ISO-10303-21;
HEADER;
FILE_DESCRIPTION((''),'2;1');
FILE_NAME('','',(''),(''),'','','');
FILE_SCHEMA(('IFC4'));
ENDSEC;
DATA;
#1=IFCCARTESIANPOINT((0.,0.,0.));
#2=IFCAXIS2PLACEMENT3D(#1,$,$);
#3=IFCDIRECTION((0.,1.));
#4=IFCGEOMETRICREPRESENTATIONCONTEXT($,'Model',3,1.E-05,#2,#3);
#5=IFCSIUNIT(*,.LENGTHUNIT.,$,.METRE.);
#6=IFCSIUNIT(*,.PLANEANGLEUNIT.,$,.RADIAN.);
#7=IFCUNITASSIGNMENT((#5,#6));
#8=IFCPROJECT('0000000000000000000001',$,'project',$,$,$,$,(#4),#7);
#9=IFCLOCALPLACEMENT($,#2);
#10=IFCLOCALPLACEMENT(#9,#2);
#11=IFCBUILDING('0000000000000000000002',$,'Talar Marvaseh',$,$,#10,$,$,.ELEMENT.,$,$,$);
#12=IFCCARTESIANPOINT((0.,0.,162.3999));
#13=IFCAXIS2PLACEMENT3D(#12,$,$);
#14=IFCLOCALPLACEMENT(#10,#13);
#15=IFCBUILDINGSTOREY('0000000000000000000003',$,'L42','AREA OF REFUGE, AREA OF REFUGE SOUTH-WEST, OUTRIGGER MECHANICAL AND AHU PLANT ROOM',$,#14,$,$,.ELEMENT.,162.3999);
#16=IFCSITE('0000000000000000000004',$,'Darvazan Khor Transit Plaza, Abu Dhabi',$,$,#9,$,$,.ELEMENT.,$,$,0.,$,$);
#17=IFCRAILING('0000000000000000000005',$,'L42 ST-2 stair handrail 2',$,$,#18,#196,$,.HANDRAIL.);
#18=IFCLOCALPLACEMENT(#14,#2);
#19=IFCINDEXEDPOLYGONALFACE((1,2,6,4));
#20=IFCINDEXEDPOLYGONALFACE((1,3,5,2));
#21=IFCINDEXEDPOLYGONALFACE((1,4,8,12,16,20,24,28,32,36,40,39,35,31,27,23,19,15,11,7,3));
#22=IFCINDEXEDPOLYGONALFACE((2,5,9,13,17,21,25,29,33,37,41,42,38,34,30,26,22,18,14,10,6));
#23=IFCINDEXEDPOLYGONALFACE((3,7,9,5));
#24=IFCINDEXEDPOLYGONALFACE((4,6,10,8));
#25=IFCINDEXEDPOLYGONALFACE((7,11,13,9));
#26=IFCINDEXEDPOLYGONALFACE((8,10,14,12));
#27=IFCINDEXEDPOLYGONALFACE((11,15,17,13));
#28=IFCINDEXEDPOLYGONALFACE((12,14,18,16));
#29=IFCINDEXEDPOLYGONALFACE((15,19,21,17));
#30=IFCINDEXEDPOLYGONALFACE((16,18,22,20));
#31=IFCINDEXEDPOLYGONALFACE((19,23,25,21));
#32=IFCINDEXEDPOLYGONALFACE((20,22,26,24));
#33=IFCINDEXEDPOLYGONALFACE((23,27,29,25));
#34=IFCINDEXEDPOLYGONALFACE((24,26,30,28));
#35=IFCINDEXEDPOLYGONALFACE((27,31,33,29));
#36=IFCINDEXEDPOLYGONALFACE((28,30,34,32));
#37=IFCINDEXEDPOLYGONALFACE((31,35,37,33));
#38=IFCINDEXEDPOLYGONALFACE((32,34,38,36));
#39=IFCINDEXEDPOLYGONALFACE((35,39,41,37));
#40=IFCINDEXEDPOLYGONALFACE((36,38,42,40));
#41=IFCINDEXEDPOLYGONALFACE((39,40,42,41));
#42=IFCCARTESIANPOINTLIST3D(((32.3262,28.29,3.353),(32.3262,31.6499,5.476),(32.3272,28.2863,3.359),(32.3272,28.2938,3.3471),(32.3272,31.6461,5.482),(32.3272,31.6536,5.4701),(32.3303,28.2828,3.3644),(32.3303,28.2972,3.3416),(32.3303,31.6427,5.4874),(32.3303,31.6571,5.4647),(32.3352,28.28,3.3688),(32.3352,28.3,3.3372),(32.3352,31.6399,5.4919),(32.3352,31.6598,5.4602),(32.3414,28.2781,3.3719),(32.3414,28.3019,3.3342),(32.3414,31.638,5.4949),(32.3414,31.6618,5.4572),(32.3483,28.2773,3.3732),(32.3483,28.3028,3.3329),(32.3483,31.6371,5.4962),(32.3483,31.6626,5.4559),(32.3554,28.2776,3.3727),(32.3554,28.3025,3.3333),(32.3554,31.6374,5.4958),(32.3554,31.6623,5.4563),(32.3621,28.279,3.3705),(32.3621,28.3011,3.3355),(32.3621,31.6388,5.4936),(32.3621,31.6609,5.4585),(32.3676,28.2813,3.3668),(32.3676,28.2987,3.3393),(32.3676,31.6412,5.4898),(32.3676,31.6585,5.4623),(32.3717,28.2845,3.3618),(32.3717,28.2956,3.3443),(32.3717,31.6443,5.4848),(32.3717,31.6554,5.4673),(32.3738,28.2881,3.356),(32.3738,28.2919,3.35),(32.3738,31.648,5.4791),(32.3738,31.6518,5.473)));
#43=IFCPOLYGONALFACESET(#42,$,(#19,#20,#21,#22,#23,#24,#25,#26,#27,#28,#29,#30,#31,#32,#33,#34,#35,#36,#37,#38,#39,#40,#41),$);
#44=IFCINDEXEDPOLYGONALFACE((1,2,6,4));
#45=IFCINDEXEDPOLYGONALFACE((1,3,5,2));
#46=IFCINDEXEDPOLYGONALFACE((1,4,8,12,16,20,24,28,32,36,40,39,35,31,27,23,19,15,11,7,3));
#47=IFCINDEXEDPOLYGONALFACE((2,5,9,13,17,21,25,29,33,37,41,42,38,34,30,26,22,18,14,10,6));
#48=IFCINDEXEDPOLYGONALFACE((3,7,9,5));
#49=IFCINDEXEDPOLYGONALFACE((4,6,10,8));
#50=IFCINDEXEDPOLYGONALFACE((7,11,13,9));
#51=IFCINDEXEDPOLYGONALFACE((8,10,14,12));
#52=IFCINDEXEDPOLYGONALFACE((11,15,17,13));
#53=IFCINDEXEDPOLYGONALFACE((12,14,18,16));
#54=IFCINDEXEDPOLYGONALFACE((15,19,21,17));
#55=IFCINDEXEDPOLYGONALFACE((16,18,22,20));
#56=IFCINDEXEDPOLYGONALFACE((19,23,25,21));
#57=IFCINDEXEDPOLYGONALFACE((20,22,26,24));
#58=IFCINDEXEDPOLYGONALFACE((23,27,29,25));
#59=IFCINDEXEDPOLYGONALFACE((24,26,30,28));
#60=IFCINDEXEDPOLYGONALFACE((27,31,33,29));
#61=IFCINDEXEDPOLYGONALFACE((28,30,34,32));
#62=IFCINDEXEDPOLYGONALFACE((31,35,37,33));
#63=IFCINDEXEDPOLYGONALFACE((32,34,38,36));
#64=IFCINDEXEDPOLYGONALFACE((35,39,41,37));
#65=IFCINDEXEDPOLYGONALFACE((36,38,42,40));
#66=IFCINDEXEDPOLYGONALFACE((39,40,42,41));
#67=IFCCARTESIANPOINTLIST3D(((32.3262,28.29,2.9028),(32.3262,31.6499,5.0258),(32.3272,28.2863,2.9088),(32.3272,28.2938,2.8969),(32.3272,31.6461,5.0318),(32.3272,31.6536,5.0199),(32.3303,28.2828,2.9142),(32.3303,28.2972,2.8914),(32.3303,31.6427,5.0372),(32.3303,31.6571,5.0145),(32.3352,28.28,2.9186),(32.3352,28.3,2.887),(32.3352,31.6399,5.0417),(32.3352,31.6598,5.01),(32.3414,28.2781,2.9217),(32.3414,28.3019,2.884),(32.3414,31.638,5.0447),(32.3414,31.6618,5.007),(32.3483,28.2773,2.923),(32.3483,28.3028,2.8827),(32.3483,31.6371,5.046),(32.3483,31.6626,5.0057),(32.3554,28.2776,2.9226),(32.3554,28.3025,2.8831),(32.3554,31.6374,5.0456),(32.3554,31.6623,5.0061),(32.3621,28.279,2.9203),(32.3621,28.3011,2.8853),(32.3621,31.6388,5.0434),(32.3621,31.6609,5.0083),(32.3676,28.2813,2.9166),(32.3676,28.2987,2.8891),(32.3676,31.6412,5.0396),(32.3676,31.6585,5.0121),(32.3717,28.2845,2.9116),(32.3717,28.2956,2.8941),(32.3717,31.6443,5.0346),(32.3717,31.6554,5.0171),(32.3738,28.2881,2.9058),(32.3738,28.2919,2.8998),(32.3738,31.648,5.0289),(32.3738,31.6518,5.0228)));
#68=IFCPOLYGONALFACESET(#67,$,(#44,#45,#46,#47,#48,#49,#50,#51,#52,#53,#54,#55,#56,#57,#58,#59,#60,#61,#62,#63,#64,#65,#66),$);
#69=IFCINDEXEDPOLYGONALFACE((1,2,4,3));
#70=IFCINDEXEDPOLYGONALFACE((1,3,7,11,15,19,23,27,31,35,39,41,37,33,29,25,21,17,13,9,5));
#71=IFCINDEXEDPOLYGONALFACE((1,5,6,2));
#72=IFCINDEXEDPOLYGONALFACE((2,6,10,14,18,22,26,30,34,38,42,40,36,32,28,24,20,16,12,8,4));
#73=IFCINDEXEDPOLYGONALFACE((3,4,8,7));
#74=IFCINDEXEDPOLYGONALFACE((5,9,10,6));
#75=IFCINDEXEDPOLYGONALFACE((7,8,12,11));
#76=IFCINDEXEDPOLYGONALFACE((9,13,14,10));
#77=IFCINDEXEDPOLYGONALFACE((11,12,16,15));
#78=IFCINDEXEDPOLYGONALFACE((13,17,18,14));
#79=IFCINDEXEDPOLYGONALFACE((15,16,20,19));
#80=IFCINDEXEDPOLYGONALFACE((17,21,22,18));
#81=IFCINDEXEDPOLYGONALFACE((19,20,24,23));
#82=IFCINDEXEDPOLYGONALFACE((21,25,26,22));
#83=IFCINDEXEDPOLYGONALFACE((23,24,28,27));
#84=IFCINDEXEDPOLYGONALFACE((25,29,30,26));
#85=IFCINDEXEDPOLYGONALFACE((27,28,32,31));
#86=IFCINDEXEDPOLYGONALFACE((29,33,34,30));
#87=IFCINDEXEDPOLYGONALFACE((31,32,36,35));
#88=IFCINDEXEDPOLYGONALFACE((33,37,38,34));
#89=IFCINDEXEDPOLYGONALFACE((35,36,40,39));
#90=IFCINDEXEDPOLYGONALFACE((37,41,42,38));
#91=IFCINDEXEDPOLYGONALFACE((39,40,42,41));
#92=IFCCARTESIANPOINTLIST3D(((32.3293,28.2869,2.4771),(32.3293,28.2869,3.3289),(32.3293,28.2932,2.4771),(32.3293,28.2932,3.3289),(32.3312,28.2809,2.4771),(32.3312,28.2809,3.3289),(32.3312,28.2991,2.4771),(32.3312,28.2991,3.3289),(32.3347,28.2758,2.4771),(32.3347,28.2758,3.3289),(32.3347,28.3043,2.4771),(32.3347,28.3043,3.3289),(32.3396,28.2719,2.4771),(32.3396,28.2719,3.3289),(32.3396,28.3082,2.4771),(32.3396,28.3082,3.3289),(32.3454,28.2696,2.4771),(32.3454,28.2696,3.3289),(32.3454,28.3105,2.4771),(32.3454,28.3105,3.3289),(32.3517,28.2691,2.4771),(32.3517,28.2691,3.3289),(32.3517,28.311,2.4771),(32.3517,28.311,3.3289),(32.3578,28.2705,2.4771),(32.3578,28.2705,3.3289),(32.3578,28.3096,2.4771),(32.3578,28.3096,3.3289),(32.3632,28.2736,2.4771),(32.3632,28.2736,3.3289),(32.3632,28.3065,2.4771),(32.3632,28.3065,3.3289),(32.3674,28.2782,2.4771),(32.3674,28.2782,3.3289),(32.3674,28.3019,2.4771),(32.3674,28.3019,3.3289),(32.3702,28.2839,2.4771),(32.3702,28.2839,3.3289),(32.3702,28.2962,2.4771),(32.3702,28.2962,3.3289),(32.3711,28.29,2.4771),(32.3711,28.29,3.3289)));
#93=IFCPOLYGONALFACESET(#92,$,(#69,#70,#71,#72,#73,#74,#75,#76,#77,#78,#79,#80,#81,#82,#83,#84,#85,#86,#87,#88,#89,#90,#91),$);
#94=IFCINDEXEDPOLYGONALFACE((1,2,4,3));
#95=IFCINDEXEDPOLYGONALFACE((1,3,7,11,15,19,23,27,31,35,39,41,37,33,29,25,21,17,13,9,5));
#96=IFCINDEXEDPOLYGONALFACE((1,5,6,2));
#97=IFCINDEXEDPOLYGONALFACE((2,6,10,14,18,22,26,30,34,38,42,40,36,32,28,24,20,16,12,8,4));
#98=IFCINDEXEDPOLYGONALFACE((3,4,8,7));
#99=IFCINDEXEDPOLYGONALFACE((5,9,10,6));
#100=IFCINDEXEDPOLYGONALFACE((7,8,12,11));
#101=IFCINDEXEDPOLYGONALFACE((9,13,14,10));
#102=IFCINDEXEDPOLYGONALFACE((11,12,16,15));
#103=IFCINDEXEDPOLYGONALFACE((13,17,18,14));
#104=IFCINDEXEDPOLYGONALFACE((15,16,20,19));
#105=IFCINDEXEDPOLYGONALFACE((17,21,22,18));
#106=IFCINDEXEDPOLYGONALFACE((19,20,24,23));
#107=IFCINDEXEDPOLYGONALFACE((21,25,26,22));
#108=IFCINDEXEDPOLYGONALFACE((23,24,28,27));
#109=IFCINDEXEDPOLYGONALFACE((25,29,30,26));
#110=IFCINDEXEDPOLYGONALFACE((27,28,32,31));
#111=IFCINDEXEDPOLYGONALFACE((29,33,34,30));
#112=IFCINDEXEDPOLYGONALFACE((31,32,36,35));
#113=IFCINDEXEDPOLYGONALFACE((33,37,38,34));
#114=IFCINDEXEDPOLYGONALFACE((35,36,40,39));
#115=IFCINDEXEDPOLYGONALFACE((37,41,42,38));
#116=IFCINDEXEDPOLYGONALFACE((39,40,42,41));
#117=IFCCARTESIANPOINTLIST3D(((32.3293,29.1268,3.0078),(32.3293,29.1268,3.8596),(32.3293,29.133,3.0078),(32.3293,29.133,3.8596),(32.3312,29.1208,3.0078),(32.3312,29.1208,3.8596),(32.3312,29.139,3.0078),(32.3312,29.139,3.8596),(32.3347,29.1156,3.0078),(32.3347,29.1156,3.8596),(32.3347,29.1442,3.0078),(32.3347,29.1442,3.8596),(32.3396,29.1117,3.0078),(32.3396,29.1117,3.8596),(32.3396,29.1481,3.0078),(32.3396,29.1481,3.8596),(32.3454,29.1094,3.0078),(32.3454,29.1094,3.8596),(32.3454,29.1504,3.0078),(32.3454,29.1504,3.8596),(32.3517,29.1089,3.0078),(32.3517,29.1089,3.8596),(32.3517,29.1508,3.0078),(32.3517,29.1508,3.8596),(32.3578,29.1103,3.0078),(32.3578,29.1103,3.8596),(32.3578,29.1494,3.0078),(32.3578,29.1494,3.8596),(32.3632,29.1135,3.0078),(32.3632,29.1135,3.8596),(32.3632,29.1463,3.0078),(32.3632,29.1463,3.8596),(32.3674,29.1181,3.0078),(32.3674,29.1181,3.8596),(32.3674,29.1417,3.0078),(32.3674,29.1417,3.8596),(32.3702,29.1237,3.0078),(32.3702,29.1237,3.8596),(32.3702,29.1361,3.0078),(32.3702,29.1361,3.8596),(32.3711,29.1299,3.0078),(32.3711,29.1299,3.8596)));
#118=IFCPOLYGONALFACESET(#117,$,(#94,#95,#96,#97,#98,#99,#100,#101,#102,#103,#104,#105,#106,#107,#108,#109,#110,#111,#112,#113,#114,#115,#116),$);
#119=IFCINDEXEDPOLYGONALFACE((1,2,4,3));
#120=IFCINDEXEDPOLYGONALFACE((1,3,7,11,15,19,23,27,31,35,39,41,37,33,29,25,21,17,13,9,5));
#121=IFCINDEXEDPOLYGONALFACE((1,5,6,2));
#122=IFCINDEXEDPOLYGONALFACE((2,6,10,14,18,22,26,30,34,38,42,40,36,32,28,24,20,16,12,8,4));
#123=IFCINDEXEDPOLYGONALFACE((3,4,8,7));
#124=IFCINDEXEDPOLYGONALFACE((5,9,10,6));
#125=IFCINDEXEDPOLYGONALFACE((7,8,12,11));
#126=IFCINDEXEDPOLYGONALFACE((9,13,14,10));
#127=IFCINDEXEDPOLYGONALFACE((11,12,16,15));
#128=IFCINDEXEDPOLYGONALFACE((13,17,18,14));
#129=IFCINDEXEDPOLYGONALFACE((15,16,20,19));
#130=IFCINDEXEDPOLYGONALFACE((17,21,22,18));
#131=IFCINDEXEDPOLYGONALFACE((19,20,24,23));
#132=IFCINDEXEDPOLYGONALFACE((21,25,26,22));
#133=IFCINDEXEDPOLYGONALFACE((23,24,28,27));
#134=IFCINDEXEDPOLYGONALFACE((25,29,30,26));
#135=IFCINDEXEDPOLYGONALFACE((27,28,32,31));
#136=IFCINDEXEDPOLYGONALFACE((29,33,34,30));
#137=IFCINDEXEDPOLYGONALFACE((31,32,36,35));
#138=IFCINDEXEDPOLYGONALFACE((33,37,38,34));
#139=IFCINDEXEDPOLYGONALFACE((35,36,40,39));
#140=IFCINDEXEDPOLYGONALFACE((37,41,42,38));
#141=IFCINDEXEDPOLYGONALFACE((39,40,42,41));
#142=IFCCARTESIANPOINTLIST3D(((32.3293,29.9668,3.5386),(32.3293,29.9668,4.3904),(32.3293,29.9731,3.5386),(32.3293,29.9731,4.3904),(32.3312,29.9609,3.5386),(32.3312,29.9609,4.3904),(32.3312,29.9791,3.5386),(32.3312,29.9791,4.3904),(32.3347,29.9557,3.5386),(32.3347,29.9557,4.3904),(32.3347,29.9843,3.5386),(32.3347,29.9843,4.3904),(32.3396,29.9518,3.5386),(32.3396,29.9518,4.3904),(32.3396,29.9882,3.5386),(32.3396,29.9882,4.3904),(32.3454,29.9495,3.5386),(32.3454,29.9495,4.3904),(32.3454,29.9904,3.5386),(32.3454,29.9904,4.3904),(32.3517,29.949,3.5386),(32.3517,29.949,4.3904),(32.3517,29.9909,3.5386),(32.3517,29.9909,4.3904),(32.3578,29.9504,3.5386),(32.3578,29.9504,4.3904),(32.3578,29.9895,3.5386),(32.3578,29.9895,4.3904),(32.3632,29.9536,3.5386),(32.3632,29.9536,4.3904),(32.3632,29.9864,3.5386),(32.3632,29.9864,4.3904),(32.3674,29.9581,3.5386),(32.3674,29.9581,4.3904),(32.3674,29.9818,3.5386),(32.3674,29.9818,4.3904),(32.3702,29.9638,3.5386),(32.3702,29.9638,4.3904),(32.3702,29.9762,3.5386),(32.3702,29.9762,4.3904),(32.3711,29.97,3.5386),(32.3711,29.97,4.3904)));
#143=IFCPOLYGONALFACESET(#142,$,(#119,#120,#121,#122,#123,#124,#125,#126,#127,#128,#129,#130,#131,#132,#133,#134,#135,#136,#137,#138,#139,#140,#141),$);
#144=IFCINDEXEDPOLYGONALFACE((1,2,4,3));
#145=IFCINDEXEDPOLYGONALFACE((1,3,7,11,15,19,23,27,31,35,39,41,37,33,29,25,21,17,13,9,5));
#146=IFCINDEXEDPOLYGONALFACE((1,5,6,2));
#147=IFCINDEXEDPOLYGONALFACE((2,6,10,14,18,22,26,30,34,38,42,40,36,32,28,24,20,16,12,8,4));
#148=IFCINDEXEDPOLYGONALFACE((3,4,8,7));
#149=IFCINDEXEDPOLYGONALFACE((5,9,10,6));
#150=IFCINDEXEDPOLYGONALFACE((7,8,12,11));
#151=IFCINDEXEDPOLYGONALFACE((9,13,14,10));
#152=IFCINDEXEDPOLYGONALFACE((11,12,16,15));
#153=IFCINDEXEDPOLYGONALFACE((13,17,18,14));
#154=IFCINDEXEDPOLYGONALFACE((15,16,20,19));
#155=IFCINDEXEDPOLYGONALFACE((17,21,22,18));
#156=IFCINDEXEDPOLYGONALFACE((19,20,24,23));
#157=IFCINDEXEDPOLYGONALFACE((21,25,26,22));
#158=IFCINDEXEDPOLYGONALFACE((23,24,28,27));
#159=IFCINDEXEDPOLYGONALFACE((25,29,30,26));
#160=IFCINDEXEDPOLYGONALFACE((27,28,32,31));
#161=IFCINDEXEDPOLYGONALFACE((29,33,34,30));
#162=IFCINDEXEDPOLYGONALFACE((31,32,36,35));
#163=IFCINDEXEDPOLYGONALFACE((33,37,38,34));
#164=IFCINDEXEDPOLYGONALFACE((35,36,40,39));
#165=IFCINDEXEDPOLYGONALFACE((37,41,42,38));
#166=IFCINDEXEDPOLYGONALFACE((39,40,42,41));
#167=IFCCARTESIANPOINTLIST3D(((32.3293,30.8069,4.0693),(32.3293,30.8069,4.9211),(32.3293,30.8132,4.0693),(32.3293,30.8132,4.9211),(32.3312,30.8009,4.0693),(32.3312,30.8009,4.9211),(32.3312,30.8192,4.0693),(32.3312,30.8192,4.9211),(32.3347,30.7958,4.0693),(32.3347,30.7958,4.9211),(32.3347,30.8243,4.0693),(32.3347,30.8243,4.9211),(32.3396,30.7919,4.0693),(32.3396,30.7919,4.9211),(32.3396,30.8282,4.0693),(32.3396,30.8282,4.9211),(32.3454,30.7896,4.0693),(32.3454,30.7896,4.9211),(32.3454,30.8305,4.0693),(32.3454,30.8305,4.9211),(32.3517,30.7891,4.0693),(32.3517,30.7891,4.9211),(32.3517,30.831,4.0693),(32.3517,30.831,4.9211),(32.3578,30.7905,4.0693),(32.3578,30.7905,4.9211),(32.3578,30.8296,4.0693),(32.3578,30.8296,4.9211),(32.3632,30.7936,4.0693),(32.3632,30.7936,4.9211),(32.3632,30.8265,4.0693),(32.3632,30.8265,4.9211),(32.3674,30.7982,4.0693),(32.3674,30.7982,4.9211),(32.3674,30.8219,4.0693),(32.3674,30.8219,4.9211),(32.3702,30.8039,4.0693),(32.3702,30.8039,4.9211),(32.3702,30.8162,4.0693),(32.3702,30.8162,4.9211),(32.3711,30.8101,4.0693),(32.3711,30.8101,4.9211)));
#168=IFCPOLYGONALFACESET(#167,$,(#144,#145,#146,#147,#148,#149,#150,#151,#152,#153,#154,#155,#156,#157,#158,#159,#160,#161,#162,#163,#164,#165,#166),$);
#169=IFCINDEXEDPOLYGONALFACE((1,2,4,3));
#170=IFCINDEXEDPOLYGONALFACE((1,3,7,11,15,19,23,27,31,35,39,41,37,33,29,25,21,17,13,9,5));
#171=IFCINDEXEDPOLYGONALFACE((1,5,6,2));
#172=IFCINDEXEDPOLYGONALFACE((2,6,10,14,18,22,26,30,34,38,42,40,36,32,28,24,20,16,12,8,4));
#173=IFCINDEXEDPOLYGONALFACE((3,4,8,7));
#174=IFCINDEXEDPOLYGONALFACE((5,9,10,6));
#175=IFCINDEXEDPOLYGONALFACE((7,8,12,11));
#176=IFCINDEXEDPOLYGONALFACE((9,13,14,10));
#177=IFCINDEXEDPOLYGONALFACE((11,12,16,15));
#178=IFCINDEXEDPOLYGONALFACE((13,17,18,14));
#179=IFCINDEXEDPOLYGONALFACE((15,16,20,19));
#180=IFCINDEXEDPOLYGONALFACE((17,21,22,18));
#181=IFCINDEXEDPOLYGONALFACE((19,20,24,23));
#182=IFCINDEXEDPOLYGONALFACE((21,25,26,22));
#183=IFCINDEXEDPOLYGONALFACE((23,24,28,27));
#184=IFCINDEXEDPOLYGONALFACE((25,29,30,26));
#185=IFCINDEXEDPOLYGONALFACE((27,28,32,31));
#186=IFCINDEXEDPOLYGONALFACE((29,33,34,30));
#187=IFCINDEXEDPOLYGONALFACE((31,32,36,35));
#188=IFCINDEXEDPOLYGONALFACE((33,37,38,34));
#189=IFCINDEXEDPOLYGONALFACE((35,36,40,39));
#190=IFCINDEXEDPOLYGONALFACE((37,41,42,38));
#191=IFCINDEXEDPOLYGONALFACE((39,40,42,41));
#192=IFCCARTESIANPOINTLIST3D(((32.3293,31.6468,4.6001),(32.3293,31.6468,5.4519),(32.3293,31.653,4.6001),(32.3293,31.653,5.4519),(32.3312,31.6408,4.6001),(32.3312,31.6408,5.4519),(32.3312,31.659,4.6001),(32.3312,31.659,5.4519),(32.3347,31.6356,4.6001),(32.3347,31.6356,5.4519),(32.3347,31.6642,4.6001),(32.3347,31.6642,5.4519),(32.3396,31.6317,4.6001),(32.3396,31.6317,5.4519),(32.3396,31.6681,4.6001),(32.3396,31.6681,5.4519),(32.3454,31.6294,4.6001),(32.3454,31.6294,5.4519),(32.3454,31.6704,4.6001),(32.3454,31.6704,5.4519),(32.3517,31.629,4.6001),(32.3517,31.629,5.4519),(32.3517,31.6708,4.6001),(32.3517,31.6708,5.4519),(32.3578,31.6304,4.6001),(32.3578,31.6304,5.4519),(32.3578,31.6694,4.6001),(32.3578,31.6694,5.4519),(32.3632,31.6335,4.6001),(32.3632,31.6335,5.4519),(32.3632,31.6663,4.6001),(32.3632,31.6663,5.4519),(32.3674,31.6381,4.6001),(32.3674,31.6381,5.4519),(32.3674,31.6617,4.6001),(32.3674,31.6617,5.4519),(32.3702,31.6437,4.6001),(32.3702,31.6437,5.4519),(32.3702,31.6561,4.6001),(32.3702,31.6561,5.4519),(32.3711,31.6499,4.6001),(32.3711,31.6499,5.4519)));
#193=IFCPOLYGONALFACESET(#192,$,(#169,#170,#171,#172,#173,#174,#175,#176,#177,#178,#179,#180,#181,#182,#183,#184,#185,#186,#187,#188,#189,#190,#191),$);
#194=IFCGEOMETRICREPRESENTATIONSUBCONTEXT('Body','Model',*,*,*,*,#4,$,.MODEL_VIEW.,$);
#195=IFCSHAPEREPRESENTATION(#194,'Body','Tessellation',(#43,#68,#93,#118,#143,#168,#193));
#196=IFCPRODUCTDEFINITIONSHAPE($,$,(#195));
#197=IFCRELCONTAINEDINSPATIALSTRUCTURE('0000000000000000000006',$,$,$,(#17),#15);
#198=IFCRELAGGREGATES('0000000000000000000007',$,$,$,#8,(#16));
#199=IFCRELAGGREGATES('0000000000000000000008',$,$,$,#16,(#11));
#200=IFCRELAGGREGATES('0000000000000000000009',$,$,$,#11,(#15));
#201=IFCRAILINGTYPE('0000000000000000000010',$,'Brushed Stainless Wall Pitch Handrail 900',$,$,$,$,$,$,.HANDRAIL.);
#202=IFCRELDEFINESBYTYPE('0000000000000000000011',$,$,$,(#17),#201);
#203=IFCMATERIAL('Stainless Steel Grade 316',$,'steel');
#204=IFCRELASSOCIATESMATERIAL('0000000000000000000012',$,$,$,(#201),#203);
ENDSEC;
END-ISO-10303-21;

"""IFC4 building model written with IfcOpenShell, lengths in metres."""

from ifc_helpers import new_model, si_unit, direction, frame, origin, origin_2d, place, context, subcontext, project, spatial, circle, extrude, material, type_object, element, save


model = new_model("IFC4")

# Units and contexts
model_context = context("Model", 3, precision=1e-05, world=origin(), true_north=direction((0.0, 1.0)))
body_context = subcontext(model_context, "Body", "Model", "MODEL_VIEW")
ifc_project = project(units=[si_unit("LENGTHUNIT", "METRE"), si_unit("PLANEANGLEUNIT", "RADIAN")], contexts=[model_context])

# Site, building, storey
site_placement = place(None, origin())
site = spatial("IfcSite", under=ifc_project, at=site_placement, Name="Darvazan Khor Transit Plaza, Abu Dhabi", CompositionType="ELEMENT", RefElevation=0.0)
building_placement = place(site_placement, origin())
building = spatial("IfcBuilding", under=site, at=building_placement, Name="Talar Marvaseh", CompositionType="ELEMENT")
storey_placement = place(building_placement, frame((0.0, 0.0, 162.3999)))
storey = spatial("IfcBuildingStorey", under=building, at=storey_placement, Name="L42", Description="AREA OF REFUGE, AREA OF REFUGE SOUTH-WEST, OUTRIGGER MECHANICAL AND AHU PLANT ROOM", CompositionType="ELEMENT", Elevation=162.3999)

# Shared definitions
ifc_material_1 = material(Name="Stainless Steel Grade 316", Category="steel")

# Railing
railing_type_1 = type_object("IfcRailingType", Name="Brushed Stainless Wall Pitch Handrail 900", PredefinedType="HANDRAIL", material=ifc_material_1)
railing_1_placement = place(storey_placement, frame((32.3501, 28.29, 2.4771)))
element("IfcRailing", 1, at=railing_1_placement, inside=storey, type_object=railing_type_1, Name="L42 ST-2 stair handrail 2", PredefinedType="HANDRAIL", context=body_context, shape_type="SweptSolid", body=[
    extrude(circle(Radius=0.0239, at=origin_2d()), frame((0.0, 0.0, 0.876), z_axis=(0.0, 0.845372, 0.534178), x_axis=(-1.0, 0.0, 0.0)), (0.0, 0.0, 1.0), 3.9744),
    extrude(circle(Radius=0.0239, at=origin_2d()), frame((0.0, 0.0, 0.4258), z_axis=(0.0, 0.845372, 0.534178), x_axis=(-1.0, 0.0, 0.0)), (0.0, 0.0, 1.0), 3.9744),
    extrude(circle(Radius=0.021, at=origin_2d()), origin(), (0.0, 0.0, 1.0), 0.8518),
    extrude(circle(Radius=0.021, at=origin_2d()), frame((0.0, 0.8398, 0.5308)), (0.0, 0.0, 1.0), 0.8518),
    extrude(circle(Radius=0.021, at=origin_2d()), frame((0.0, 1.6799, 1.0615)), (0.0, 0.0, 1.0), 0.8518),
    extrude(circle(Radius=0.021, at=origin_2d()), frame((0.0, 2.52, 1.5923)), (0.0, 0.0, 1.0), 0.8518),
    extrude(circle(Radius=0.021, at=origin_2d()), frame((0.0, 3.3599, 2.123)), (0.0, 0.0, 1.0), 0.8518),
])

save(model, "model.ifc")
